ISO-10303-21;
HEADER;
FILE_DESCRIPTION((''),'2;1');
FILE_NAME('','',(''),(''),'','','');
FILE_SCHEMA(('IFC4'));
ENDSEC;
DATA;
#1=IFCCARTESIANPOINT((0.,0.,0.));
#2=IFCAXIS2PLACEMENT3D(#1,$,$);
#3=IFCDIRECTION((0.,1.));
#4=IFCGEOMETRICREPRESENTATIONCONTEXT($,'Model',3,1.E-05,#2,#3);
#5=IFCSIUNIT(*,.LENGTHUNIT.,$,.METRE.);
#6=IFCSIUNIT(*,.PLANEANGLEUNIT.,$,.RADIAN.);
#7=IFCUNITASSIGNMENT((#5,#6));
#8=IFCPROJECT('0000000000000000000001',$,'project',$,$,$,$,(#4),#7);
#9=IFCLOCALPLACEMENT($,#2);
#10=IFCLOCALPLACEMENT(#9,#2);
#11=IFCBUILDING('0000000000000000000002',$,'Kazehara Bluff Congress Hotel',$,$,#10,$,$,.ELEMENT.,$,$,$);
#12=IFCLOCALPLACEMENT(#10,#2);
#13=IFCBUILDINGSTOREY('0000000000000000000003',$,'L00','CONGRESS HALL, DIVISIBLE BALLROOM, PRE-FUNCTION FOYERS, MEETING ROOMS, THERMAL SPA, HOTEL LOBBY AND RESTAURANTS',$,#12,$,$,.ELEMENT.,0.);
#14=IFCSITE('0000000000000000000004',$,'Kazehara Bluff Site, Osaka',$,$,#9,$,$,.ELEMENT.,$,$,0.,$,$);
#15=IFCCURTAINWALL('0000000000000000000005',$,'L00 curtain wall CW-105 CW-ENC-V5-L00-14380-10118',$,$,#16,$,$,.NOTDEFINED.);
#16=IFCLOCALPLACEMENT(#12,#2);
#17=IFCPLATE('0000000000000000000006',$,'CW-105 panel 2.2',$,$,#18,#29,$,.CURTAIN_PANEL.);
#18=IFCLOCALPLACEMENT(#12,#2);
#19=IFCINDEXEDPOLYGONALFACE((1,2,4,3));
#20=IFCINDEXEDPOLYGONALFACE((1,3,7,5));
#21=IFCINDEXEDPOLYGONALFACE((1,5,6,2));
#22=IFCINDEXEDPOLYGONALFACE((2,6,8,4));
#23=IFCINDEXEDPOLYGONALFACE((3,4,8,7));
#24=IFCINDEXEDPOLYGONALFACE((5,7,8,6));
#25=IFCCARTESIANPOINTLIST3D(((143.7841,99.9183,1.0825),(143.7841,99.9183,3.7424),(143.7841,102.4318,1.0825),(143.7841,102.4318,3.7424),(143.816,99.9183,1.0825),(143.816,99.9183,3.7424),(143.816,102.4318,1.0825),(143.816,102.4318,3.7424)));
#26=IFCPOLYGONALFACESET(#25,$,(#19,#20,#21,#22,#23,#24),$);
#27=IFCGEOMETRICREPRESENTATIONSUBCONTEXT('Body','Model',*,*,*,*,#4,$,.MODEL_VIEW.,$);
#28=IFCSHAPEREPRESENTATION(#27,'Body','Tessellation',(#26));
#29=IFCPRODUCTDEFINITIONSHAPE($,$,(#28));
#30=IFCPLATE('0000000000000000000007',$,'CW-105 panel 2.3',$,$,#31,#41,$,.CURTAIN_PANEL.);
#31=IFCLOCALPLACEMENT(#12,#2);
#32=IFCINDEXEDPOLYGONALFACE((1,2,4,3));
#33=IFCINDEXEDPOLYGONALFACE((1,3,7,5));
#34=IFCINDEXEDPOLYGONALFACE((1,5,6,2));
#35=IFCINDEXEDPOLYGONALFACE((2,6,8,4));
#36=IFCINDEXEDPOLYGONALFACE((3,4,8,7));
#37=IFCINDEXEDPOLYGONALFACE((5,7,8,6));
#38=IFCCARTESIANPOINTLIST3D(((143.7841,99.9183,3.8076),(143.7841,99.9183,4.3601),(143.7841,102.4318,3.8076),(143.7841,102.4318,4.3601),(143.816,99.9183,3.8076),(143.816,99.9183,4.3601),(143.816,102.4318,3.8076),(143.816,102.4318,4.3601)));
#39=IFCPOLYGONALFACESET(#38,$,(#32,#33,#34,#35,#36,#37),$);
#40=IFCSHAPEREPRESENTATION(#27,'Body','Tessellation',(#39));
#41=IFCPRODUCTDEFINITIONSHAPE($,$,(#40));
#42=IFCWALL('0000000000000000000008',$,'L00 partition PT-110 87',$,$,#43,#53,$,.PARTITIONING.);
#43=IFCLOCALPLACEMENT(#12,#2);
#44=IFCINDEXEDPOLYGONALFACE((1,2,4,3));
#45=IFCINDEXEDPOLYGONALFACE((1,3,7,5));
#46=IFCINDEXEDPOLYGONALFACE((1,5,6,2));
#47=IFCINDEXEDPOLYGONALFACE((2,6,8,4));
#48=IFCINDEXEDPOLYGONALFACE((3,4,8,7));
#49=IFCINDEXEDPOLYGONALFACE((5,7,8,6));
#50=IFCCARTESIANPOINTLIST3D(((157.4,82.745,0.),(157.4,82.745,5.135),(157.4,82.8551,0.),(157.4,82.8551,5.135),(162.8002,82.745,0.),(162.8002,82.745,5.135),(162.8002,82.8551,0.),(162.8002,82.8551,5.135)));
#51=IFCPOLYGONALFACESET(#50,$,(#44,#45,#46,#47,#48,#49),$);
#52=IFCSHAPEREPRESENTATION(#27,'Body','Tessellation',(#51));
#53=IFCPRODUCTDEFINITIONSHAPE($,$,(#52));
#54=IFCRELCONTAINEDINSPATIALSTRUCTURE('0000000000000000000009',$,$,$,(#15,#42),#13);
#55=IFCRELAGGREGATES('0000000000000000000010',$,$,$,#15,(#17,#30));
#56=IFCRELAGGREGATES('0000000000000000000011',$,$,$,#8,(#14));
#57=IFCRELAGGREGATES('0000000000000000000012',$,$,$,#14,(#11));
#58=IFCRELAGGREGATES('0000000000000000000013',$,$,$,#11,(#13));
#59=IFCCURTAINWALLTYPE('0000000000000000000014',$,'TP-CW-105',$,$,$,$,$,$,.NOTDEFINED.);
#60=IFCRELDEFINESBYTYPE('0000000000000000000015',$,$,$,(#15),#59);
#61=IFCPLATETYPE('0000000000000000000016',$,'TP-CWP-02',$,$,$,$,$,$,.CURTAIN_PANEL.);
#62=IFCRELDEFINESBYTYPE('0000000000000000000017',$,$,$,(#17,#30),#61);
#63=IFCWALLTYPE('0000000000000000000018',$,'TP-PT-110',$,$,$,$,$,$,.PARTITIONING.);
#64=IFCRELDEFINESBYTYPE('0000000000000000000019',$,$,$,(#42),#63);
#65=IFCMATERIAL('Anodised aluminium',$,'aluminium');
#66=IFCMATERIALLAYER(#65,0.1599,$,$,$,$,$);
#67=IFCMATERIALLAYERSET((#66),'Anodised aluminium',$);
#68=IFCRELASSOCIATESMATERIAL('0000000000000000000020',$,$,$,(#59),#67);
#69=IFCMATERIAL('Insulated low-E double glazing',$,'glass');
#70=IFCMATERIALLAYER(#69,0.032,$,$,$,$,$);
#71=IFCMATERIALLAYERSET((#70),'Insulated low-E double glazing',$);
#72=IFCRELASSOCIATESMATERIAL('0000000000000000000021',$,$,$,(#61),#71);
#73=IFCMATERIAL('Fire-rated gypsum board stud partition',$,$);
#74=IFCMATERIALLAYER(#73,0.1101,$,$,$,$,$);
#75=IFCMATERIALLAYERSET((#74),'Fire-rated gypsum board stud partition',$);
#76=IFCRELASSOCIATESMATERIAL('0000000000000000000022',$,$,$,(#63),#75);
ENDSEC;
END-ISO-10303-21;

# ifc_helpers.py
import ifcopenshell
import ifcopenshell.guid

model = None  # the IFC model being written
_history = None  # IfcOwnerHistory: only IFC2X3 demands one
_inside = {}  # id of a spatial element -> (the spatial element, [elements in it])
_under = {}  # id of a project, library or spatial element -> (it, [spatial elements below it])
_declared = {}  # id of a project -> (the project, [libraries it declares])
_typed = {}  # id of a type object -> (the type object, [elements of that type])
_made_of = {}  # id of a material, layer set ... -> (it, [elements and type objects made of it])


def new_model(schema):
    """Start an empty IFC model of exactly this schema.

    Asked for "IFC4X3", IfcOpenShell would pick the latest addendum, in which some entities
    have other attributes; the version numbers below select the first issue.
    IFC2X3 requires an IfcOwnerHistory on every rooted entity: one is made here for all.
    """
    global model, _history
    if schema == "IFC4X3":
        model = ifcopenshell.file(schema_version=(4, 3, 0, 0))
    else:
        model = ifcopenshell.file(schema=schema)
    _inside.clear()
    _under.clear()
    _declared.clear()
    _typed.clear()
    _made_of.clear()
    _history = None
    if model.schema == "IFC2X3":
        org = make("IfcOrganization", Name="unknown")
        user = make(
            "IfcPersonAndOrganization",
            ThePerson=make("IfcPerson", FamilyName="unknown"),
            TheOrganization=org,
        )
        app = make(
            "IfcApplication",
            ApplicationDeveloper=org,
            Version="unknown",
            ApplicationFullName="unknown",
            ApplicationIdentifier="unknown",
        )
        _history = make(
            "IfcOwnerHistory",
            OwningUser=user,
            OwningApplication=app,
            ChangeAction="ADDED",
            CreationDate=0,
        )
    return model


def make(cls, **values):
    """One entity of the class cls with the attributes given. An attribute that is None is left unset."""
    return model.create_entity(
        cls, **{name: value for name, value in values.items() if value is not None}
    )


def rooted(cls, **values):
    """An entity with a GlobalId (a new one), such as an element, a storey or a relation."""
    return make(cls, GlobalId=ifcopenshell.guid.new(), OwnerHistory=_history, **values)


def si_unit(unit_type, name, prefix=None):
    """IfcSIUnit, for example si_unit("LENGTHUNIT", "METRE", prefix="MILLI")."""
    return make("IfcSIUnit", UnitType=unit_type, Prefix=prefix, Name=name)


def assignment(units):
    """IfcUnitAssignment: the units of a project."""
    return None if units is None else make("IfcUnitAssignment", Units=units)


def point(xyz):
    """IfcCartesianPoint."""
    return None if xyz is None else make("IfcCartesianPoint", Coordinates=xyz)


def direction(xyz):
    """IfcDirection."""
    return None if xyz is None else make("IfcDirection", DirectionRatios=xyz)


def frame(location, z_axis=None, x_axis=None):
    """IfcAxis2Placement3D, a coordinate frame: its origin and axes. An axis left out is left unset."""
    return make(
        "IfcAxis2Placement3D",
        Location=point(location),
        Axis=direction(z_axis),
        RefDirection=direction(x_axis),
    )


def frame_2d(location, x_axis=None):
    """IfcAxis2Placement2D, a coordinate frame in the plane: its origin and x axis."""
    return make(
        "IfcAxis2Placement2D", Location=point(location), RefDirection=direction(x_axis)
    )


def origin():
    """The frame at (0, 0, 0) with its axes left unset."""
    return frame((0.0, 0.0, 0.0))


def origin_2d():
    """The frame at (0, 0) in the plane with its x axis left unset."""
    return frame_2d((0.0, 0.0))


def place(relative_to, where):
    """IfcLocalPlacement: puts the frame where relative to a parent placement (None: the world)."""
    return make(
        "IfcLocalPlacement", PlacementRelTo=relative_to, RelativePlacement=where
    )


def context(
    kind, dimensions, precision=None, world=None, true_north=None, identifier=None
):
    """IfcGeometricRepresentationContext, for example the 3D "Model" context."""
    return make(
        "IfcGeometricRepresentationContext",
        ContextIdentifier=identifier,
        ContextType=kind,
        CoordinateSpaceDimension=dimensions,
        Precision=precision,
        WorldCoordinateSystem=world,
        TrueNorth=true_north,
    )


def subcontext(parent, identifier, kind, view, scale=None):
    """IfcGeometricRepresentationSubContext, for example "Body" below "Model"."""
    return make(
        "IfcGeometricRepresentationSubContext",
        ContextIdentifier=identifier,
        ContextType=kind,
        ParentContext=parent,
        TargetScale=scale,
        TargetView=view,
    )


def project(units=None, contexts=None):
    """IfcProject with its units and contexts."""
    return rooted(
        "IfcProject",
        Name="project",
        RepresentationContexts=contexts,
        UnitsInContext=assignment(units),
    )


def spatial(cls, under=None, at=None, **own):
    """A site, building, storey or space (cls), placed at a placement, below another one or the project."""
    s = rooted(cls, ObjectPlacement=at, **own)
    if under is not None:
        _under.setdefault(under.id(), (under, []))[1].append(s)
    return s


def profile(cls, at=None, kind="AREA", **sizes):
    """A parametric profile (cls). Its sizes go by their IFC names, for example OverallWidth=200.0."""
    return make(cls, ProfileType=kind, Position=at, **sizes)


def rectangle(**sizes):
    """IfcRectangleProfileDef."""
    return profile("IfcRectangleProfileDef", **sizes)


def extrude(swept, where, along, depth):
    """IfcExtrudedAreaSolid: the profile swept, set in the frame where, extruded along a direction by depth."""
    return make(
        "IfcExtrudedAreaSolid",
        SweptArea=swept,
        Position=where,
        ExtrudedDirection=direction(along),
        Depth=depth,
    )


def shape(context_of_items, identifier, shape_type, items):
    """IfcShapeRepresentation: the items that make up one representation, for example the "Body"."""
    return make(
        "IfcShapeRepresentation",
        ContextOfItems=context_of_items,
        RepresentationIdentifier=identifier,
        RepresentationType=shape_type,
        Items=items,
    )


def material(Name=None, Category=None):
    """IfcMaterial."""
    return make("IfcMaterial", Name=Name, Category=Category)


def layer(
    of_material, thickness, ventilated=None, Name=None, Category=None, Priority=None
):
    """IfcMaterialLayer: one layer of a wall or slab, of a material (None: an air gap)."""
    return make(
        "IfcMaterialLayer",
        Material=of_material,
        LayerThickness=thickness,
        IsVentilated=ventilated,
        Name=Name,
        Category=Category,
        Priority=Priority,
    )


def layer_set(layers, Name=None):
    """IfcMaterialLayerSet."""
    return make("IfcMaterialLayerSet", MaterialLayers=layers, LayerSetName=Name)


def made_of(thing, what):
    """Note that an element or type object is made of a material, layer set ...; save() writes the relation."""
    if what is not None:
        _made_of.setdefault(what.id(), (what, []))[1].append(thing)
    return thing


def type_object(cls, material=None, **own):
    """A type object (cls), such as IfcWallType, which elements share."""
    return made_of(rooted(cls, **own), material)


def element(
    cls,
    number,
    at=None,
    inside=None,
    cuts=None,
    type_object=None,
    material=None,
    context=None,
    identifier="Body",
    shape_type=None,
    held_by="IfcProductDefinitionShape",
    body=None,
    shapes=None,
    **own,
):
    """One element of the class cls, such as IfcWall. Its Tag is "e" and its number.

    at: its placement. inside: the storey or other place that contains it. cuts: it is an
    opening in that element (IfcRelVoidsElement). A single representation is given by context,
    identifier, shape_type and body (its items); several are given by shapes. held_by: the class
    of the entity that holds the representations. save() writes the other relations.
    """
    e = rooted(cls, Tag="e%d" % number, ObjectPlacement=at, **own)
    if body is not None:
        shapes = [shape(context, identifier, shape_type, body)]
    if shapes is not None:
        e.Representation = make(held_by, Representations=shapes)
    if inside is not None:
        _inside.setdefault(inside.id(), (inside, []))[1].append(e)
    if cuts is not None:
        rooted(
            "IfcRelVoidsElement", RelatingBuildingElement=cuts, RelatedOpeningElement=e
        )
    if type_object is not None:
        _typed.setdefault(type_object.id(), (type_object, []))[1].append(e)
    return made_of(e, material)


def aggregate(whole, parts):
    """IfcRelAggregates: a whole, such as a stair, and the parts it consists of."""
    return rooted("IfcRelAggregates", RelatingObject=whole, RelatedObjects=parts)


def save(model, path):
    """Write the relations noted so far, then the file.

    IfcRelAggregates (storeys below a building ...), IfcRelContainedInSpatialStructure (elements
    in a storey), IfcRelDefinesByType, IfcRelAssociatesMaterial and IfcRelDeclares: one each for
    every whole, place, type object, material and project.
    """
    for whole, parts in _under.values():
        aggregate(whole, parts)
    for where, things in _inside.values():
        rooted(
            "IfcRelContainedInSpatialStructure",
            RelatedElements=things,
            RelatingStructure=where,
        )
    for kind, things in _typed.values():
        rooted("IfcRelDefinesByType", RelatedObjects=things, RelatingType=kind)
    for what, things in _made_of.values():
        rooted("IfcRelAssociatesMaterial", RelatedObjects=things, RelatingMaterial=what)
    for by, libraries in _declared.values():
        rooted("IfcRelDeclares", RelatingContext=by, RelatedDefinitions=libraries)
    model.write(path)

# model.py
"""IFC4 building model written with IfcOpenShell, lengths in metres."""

from ifc_helpers import new_model, si_unit, direction, frame, frame_2d, origin, origin_2d, place, context, subcontext, project, spatial, rectangle, extrude, material, layer, layer_set, type_object, element, aggregate, save


model = new_model("IFC4")

# Units and contexts
model_context = context("Model", 3, precision=1e-05, world=origin(), true_north=direction((0.0, 1.0)))
body_context = subcontext(model_context, "Body", "Model", "MODEL_VIEW")
ifc_project = project(units=[si_unit("LENGTHUNIT", "METRE"), si_unit("PLANEANGLEUNIT", "RADIAN")], contexts=[model_context])

# Site, building, storey
site_placement = place(None, origin())
site = spatial("IfcSite", under=ifc_project, at=site_placement, Name="Kazehara Bluff Site, Osaka", CompositionType="ELEMENT", RefElevation=0.0)
building_placement = place(site_placement, origin())
building = spatial("IfcBuilding", under=site, at=building_placement, Name="Kazehara Bluff Congress Hotel", CompositionType="ELEMENT")
storey_placement = place(building_placement, origin())
storey = spatial("IfcBuildingStorey", under=building, at=storey_placement, Name="L00", Description="CONGRESS HALL, DIVISIBLE BALLROOM, PRE-FUNCTION FOYERS, MEETING ROOMS, THERMAL SPA, HOTEL LOBBY AND RESTAURANTS", CompositionType="ELEMENT", Elevation=0.0)

# Curtain wall
ifc_material_1 = material(Name="Anodised aluminium", Category="aluminium")
ifc_layer_1 = layer(ifc_material_1, 0.1599)
ifc_layer_set_1 = layer_set([ifc_layer_1], Name="Anodised aluminium")
curtain_wall_type = type_object("IfcCurtainWallType", Name="TP-CW-105", PredefinedType="NOTDEFINED", material=ifc_layer_set_1)
curtain_wall_placement = place(storey_placement, origin())
curtain_wall = element("IfcCurtainWall", 1, at=curtain_wall_placement, inside=storey, type_object=curtain_wall_type, Name="L00 curtain wall CW-105 CW-ENC-V5-L00-14380-10118", PredefinedType="NOTDEFINED")

# Plates
ifc_material_2 = material(Name="Insulated low-E double glazing", Category="glass")
ifc_layer_2 = layer(ifc_material_2, 0.032)
ifc_layer_set_2 = layer_set([ifc_layer_2], Name="Insulated low-E double glazing")
plate_type = type_object("IfcPlateType", Name="TP-CWP-02", PredefinedType="CURTAIN_PANEL", material=ifc_layer_set_2)
plate_1_placement = place(storey_placement, frame((143.8, 101.175, 1.0825), z_axis=(0.0, 0.0, 1.0), x_axis=(0.0, 1.0, 0.0)))
plate_1 = element("IfcPlate", 2, at=plate_1_placement, type_object=plate_type, Name="CW-105 panel 2.2", PredefinedType="CURTAIN_PANEL", context=body_context, shape_type="SweptSolid", body=[
    extrude(rectangle(XDim=2.5134, YDim=0.032, at=origin_2d()), origin(), (0.0, 0.0, 1.0), 2.6599),
])
plate_2_placement = place(storey_placement, frame((143.8, 101.175, 3.8076), z_axis=(0.0, 0.0, 1.0), x_axis=(0.0, 1.0, 0.0)))
plate_2 = element("IfcPlate", 3, at=plate_2_placement, type_object=plate_type, Name="CW-105 panel 2.3", PredefinedType="CURTAIN_PANEL", context=body_context, shape_type="SweptSolid", body=[
    extrude(rectangle(XDim=2.5134, YDim=0.032, at=origin_2d()), origin(), (0.0, 0.0, 1.0), 0.5525),
])
aggregate(curtain_wall, [plate_1, plate_2])

# Wall
ifc_material_3 = material(Name="Fire-rated gypsum board stud partition")
ifc_layer_3 = layer(ifc_material_3, 0.1101)
ifc_layer_set_3 = layer_set([ifc_layer_3], Name="Fire-rated gypsum board stud partition")
wall_type = type_object("IfcWallType", Name="TP-PT-110", PredefinedType="PARTITIONING", material=ifc_layer_set_3)
wall_placement = place(storey_placement, frame((157.3999, 82.8, 0.0), z_axis=(0.0, 0.0, 1.0), x_axis=(1.0, 0.0, 0.0)))
element("IfcWall", 4, at=wall_placement, inside=storey, type_object=wall_type, Name="L00 partition PT-110 87", PredefinedType="PARTITIONING", context=body_context, shape_type="SweptSolid", body=[
    extrude(rectangle(XDim=5.4001, YDim=0.1101, at=frame_2d((2.7002, 0.0))), origin(), (0.0, 0.0, 1.0), 5.135),
])

save(model, "model.ifc")
